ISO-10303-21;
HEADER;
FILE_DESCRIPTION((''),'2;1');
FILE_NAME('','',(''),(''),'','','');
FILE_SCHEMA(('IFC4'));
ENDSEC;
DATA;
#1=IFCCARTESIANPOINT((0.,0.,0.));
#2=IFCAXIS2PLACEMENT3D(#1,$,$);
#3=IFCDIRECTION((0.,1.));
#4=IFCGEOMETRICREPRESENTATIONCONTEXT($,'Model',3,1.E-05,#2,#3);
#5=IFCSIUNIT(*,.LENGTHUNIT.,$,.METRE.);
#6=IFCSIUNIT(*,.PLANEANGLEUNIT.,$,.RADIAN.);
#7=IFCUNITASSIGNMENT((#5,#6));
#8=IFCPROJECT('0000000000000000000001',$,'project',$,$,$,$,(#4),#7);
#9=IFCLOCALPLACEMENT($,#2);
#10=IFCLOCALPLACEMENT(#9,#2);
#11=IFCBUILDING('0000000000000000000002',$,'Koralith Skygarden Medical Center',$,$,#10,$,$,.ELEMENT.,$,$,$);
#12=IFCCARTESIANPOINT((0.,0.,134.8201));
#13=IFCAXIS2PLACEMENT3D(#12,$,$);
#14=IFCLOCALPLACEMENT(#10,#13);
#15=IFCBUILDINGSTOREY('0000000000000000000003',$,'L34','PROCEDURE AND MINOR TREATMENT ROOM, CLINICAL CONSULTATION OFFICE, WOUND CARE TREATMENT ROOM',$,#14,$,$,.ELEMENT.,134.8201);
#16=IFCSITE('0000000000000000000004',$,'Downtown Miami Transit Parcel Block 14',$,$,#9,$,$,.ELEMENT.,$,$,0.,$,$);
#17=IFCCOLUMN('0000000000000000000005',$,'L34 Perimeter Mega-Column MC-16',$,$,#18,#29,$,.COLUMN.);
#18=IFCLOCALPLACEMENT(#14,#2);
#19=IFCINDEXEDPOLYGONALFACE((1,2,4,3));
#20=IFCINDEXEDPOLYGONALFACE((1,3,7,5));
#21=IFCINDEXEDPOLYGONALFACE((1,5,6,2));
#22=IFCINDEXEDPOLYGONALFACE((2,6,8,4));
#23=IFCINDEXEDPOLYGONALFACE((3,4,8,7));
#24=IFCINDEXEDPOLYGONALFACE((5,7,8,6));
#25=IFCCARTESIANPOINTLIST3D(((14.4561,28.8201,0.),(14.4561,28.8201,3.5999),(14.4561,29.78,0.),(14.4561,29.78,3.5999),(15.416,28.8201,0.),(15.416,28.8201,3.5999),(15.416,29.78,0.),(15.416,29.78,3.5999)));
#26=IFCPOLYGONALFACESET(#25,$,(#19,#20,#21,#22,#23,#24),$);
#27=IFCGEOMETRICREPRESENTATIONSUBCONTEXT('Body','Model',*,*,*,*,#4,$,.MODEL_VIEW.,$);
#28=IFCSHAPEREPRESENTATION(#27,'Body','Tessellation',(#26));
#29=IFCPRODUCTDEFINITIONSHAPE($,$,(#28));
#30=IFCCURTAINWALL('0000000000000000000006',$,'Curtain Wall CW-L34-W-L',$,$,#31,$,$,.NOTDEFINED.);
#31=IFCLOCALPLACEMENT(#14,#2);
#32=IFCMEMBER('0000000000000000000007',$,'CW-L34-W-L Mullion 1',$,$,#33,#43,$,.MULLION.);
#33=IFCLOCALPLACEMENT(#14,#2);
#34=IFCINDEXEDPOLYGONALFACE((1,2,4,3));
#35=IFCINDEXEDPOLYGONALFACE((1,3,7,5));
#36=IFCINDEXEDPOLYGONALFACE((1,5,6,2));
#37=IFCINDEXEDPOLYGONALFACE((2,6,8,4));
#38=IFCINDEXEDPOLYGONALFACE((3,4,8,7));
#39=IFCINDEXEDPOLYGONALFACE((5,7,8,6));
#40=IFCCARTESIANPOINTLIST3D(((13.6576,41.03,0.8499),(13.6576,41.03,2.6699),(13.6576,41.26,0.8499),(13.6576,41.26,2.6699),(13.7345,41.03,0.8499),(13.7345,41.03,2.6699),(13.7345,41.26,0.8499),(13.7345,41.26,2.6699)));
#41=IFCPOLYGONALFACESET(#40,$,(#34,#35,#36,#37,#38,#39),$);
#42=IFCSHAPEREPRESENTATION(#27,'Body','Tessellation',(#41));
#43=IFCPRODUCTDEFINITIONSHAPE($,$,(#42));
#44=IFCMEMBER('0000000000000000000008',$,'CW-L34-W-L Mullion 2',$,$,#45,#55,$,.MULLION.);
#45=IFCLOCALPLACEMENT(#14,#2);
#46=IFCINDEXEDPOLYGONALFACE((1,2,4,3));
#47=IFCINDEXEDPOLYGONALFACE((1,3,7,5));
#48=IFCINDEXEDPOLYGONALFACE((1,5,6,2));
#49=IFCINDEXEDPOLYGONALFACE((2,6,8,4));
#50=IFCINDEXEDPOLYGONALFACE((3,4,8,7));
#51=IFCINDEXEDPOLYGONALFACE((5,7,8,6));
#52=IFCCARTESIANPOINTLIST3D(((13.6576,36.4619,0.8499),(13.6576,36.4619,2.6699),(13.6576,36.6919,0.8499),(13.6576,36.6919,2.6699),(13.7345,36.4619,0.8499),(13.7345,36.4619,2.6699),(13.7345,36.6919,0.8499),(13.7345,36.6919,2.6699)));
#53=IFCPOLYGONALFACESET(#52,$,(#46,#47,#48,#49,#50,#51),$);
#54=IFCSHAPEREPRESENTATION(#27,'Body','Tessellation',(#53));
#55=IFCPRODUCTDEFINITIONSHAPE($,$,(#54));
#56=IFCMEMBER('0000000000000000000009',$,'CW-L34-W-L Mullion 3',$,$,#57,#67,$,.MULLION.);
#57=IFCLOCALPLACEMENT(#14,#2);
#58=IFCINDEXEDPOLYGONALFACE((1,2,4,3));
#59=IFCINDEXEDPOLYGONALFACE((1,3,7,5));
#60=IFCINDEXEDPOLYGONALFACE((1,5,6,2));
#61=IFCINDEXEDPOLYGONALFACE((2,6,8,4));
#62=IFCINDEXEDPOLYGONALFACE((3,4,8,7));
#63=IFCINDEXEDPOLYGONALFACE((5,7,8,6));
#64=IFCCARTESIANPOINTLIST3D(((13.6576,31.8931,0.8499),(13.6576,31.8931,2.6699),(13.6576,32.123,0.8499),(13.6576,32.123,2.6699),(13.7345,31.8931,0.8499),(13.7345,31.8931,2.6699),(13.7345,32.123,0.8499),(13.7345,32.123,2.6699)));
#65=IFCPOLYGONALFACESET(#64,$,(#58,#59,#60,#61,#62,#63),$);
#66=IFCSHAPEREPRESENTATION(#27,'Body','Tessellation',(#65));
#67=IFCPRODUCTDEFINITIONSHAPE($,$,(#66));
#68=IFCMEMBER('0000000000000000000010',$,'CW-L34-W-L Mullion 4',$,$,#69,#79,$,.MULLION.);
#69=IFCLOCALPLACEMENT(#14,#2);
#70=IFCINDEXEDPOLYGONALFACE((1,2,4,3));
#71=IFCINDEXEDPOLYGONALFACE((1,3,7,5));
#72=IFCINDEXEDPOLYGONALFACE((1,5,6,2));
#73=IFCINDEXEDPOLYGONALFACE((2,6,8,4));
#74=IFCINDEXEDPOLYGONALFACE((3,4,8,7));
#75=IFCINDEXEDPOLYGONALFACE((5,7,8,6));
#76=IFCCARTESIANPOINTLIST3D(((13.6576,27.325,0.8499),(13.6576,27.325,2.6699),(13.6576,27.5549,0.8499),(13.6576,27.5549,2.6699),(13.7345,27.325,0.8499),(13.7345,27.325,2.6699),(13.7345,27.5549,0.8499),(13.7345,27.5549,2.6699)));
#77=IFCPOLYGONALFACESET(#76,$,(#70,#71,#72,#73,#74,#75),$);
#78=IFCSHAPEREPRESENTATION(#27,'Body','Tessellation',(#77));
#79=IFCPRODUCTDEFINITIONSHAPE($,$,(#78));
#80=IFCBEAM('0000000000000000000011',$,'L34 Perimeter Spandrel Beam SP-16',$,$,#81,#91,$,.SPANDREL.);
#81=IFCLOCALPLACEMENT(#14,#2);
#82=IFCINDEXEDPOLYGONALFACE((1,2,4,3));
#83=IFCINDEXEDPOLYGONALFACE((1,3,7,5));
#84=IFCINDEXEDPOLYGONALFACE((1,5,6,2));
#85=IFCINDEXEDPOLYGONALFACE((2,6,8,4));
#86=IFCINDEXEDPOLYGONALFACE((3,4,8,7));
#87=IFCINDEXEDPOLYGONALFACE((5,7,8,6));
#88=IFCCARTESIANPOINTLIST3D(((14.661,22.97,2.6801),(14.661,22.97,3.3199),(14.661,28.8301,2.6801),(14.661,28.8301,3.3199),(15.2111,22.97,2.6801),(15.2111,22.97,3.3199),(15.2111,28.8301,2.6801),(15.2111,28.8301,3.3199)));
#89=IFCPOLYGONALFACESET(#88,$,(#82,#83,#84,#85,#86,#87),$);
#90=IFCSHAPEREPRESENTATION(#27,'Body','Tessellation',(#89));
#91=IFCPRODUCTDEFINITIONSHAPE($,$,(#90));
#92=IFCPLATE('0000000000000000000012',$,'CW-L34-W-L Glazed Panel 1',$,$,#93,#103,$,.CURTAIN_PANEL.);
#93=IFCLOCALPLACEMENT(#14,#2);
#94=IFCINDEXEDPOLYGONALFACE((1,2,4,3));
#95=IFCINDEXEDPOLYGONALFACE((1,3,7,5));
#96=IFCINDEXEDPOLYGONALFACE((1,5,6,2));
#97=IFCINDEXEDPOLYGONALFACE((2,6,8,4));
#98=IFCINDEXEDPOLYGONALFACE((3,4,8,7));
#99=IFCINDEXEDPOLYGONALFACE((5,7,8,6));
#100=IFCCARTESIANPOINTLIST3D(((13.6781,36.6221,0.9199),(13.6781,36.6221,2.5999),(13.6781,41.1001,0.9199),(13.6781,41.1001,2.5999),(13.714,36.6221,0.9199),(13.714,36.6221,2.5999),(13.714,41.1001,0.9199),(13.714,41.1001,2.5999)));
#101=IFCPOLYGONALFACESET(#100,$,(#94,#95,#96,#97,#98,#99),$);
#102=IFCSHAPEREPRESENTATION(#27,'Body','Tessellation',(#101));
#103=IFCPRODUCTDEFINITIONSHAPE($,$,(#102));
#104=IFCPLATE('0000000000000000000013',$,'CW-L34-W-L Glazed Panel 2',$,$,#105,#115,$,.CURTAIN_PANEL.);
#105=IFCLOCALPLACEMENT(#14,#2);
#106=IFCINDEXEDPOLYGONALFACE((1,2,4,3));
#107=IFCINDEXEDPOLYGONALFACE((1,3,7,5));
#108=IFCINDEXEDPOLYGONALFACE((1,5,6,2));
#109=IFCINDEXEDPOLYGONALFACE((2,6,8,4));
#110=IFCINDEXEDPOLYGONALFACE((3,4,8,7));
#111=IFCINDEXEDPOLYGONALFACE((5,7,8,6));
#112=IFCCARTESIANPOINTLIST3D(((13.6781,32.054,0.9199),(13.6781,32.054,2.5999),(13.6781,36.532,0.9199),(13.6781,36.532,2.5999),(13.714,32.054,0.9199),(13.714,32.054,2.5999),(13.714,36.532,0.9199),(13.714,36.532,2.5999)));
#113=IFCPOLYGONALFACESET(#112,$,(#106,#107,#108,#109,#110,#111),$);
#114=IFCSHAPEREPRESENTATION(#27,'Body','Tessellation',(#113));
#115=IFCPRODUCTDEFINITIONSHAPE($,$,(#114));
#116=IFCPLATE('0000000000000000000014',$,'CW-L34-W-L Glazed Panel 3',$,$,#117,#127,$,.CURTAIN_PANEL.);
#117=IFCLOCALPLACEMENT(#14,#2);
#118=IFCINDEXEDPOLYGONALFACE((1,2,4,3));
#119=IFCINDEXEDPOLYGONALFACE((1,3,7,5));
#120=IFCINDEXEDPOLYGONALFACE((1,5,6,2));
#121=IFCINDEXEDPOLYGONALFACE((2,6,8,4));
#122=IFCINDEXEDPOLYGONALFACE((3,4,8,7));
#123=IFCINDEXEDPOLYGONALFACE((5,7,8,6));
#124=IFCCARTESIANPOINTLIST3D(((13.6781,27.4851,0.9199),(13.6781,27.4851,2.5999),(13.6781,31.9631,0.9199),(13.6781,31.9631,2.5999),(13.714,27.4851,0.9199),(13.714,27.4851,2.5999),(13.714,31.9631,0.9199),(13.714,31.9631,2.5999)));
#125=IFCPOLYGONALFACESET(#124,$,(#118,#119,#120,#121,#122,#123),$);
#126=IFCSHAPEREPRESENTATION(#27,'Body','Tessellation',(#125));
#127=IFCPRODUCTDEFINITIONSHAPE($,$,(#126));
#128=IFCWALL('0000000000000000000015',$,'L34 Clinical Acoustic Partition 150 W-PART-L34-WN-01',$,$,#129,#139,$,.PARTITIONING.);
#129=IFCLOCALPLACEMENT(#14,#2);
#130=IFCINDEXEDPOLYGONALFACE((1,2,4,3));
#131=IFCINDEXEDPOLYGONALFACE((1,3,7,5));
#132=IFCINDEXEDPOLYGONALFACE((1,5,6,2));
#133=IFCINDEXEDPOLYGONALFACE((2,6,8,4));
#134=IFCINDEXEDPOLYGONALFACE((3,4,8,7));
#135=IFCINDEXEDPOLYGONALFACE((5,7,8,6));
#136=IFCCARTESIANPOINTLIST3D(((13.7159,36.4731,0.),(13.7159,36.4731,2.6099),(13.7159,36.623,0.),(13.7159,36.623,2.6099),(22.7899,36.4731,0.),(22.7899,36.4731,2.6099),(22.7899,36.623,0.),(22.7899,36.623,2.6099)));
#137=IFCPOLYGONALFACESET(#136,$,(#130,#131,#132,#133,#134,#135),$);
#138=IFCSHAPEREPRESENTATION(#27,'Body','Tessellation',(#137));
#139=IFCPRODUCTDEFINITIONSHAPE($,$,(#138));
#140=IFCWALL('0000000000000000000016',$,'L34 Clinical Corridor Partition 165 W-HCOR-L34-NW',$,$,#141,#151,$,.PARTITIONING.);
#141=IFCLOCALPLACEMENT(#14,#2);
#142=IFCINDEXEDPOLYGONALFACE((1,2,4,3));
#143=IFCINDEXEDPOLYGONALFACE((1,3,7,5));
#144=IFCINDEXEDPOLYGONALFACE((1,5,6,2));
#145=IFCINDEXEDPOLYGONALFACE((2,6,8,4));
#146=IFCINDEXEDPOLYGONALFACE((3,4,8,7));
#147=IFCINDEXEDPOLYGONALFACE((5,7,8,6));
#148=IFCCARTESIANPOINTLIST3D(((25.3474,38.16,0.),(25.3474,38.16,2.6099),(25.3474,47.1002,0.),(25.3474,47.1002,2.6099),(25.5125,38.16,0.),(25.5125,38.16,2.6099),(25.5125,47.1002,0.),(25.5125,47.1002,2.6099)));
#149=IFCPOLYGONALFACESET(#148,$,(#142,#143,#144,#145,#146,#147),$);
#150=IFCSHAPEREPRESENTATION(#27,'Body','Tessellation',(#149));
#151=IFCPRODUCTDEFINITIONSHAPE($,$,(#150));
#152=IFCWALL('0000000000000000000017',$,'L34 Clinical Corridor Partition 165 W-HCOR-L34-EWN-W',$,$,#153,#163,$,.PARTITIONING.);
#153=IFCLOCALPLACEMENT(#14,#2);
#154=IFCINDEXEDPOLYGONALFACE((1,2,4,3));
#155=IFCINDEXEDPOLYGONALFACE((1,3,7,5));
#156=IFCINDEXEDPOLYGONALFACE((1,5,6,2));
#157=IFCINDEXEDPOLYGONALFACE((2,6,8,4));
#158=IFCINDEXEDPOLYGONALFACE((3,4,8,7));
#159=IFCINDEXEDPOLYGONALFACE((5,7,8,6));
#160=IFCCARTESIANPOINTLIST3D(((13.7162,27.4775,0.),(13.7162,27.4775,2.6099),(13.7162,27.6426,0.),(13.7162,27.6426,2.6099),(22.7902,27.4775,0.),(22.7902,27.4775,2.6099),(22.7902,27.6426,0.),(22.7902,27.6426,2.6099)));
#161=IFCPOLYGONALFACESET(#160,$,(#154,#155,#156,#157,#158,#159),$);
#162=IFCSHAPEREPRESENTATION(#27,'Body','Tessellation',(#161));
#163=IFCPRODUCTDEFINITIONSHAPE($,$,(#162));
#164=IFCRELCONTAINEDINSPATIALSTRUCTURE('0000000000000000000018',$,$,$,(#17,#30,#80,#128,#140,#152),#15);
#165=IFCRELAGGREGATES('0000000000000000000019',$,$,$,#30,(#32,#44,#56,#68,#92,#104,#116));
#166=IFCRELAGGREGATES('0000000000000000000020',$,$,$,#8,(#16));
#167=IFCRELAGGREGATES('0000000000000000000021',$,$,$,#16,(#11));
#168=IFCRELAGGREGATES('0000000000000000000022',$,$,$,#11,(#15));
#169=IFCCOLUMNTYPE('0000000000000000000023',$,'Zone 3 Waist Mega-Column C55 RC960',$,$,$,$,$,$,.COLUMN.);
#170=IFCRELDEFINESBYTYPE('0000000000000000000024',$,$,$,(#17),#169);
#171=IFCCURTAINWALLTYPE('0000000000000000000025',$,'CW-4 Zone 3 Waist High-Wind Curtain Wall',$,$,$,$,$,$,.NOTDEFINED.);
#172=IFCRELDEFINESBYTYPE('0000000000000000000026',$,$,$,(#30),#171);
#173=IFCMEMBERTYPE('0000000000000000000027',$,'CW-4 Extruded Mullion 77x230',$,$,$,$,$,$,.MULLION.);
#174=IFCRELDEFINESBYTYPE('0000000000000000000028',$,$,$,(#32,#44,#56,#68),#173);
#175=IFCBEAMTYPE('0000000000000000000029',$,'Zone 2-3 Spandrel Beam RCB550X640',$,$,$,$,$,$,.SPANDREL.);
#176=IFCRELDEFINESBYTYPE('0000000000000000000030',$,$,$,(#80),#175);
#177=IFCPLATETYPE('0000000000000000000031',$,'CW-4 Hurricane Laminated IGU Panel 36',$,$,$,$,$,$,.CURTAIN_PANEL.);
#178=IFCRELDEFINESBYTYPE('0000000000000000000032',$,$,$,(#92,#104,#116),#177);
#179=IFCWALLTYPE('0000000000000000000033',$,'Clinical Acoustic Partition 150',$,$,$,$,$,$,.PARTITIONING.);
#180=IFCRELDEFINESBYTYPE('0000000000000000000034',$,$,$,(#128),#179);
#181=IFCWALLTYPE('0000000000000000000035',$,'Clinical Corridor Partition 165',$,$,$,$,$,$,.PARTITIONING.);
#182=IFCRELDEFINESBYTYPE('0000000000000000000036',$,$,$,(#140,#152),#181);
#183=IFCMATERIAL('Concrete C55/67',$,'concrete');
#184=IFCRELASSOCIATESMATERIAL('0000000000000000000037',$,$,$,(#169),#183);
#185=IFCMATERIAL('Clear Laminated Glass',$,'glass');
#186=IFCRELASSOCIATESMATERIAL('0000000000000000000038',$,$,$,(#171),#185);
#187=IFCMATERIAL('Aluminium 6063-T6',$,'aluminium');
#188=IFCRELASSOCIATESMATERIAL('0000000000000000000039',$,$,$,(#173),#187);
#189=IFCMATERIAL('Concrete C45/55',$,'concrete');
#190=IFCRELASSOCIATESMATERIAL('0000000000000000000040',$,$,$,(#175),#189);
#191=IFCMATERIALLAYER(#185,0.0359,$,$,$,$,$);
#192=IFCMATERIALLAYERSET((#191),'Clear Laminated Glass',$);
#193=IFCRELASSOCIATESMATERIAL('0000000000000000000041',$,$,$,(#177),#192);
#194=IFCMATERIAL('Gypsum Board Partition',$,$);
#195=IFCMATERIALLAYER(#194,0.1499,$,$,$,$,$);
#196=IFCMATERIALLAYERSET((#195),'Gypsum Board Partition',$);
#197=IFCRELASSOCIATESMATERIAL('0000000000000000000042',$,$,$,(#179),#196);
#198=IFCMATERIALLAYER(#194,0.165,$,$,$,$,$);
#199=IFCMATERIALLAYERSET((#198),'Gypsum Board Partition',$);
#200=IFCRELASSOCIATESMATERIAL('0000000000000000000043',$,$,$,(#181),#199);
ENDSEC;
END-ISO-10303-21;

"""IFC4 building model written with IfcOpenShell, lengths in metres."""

from ifc_helpers import new_model, si_unit, direction, frame, frame_2d, origin, origin_2d, place, context, subcontext, project, spatial, rectangle, extrude, material, layer, layer_set, material_profile, profile_set, type_object, element, aggregate, save


model = new_model("IFC4")

# Units and contexts
model_context = context("Model", 3, precision=1e-05, world=origin(), true_north=direction((0.0, 1.0)))
body_context = subcontext(model_context, "Body", "Model", "MODEL_VIEW")
ifc_project = project(units=[si_unit("LENGTHUNIT", "METRE"), si_unit("PLANEANGLEUNIT", "RADIAN")], contexts=[model_context])

# Site, building, storey
site_placement = place(None, origin())
site = spatial("IfcSite", under=ifc_project, at=site_placement, Name="Downtown Miami Transit Parcel Block 14", CompositionType="ELEMENT", RefElevation=0.0)
building_placement = place(site_placement, origin())
building = spatial("IfcBuilding", under=site, at=building_placement, Name="Koralith Skygarden Medical Center", CompositionType="ELEMENT")
storey_placement = place(building_placement, frame((0.0, 0.0, 134.8201)))
storey = spatial("IfcBuildingStorey", under=building, at=storey_placement, Name="L34", Description="PROCEDURE AND MINOR TREATMENT ROOM, CLINICAL CONSULTATION OFFICE, WOUND CARE TREATMENT ROOM", CompositionType="ELEMENT", Elevation=134.8201)

# Column
ifc_material_1 = material(Name="Concrete C55/67", Category="concrete")
ifc_material_profile_1 = material_profile(ifc_material_1, rectangle(XDim=0.96, YDim=0.96, at=origin_2d()), Name="RC960X960")
ifc_profile_set_1 = profile_set([ifc_material_profile_1], Name="Concrete C55/67")
column_type = type_object("IfcColumnType", Name="Zone 3 Waist Mega-Column C55 RC960", PredefinedType="COLUMN", material=ifc_profile_set_1)
column_placement = place(storey_placement, frame((14.936, 29.3, 0.0), z_axis=(0.0, 0.0, 1.0), x_axis=(1.0, 0.0, 0.0)))
element("IfcColumn", 1, at=column_placement, inside=storey, type_object=column_type, Name="L34 Perimeter Mega-Column MC-16", PredefinedType="COLUMN", context=body_context, shape_type="SweptSolid", body=[
    extrude(rectangle(XDim=0.96, YDim=0.96, at=origin_2d()), origin(), (0.0, 0.0, 1.0), 3.5999),
])

# Curtain wall, members
ifc_material_2 = material(Name="Clear Laminated Glass", Category="glass")
curtain_wall_type = type_object("IfcCurtainWallType", Name="CW-4 Zone 3 Waist High-Wind Curtain Wall", PredefinedType="NOTDEFINED", material=ifc_material_2)
curtain_wall_placement = place(storey_placement, origin())
curtain_wall = element("IfcCurtainWall", 2, at=curtain_wall_placement, inside=storey, type_object=curtain_wall_type, Name="Curtain Wall CW-L34-W-L", PredefinedType="NOTDEFINED")
ifc_material_3 = material(Name="Aluminium 6063-T6", Category="aluminium")
ifc_material_profile_2 = material_profile(ifc_material_3, rectangle(XDim=0.0769, YDim=0.23, at=origin_2d()), Name="MUL77X230")
ifc_profile_set_2 = profile_set([ifc_material_profile_2], Name="Aluminium 6063-T6")
member_type = type_object("IfcMemberType", Name="CW-4 Extruded Mullion 77x230", PredefinedType="MULLION", material=ifc_profile_set_2)
member_1_placement = place(storey_placement, frame((13.696, 41.145, 0.8499), z_axis=(0.0, 0.0, 1.0), x_axis=(1.0, 0.0, 0.0)))
member_1 = element("IfcMember", 3, at=member_1_placement, type_object=member_type, Name="CW-L34-W-L Mullion 1", PredefinedType="MULLION", context=body_context, shape_type="SweptSolid", body=[
    extrude(rectangle(XDim=0.0769, YDim=0.23, at=origin_2d()), origin(), (0.0, 0.0, 1.0), 1.8201),
])
member_2_placement = place(storey_placement, frame((13.696, 36.5769, 0.8499), z_axis=(0.0, 0.0, 1.0), x_axis=(1.0, 0.0, 0.0)))
member_2 = element("IfcMember", 4, at=member_2_placement, type_object=member_type, Name="CW-L34-W-L Mullion 2", PredefinedType="MULLION", context=body_context, shape_type="SweptSolid", body=[
    extrude(rectangle(XDim=0.0769, YDim=0.23, at=origin_2d()), origin(), (0.0, 0.0, 1.0), 1.8201),
])
member_3_placement = place(storey_placement, frame((13.696, 32.0081, 0.8499), z_axis=(0.0, 0.0, 1.0), x_axis=(1.0, 0.0, 0.0)))
member_3 = element("IfcMember", 5, at=member_3_placement, type_object=member_type, Name="CW-L34-W-L Mullion 3", PredefinedType="MULLION", context=body_context, shape_type="SweptSolid", body=[
    extrude(rectangle(XDim=0.0769, YDim=0.23, at=origin_2d()), origin(), (0.0, 0.0, 1.0), 1.8201),
])
member_4_placement = place(storey_placement, frame((13.696, 27.4399, 0.8499), z_axis=(0.0, 0.0, 1.0), x_axis=(1.0, 0.0, 0.0)))
member_4 = element("IfcMember", 6, at=member_4_placement, type_object=member_type, Name="CW-L34-W-L Mullion 4", PredefinedType="MULLION", context=body_context, shape_type="SweptSolid", body=[
    extrude(rectangle(XDim=0.0769, YDim=0.23, at=origin_2d()), origin(), (0.0, 0.0, 1.0), 1.8201),
])

# Beam
ifc_material_4 = material(Name="Concrete C45/55", Category="concrete")
ifc_material_profile_3 = material_profile(ifc_material_4, rectangle(XDim=0.55, YDim=0.6399, at=origin_2d()), Name="RCB550X640")
ifc_profile_set_3 = profile_set([ifc_material_profile_3], Name="Concrete C45/55")
beam_type = type_object("IfcBeamType", Name="Zone 2-3 Spandrel Beam RCB550X640", PredefinedType="SPANDREL", material=ifc_profile_set_3)
beam_placement = place(storey_placement, frame((14.936, 28.8301, 3.0), z_axis=(0.0, -1.0, 0.0), x_axis=(1.0, 0.0, 0.0)))
element("IfcBeam", 7, at=beam_placement, inside=storey, type_object=beam_type, Name="L34 Perimeter Spandrel Beam SP-16", PredefinedType="SPANDREL", context=body_context, shape_type="SweptSolid", body=[
    extrude(rectangle(XDim=0.55, YDim=0.6399, at=origin_2d()), origin(), (0.0, 0.0, 1.0), 5.8601),
])

# Plates
ifc_layer_1 = layer(ifc_material_2, 0.0359)
ifc_layer_set_1 = layer_set([ifc_layer_1], Name="Clear Laminated Glass")
plate_type = type_object("IfcPlateType", Name="CW-4 Hurricane Laminated IGU Panel 36", PredefinedType="CURTAIN_PANEL", material=ifc_layer_set_1)
plate_1_placement = place(storey_placement, frame((13.696, 38.8611, 0.9199), z_axis=(0.0, 0.0, 1.0), x_axis=(0.0, -1.0, 0.0)))
plate_1 = element("IfcPlate", 8, at=plate_1_placement, type_object=plate_type, Name="CW-L34-W-L Glazed Panel 1", PredefinedType="CURTAIN_PANEL", context=body_context, shape_type="SweptSolid", body=[
    extrude(rectangle(XDim=4.478, YDim=0.0359, at=origin_2d()), origin(), (0.0, 0.0, 1.0), 1.6799),
])
plate_2_placement = place(storey_placement, frame((13.696, 34.293, 0.9199), z_axis=(0.0, 0.0, 1.0), x_axis=(0.0, -1.0, 0.0)))
plate_2 = element("IfcPlate", 9, at=plate_2_placement, type_object=plate_type, Name="CW-L34-W-L Glazed Panel 2", PredefinedType="CURTAIN_PANEL", context=body_context, shape_type="SweptSolid", body=[
    extrude(rectangle(XDim=4.478, YDim=0.0359, at=origin_2d()), origin(), (0.0, 0.0, 1.0), 1.6799),
])
plate_3_placement = place(storey_placement, frame((13.696, 29.7241, 0.9199), z_axis=(0.0, 0.0, 1.0), x_axis=(0.0, -1.0, 0.0)))
plate_3 = element("IfcPlate", 10, at=plate_3_placement, type_object=plate_type, Name="CW-L34-W-L Glazed Panel 3", PredefinedType="CURTAIN_PANEL", context=body_context, shape_type="SweptSolid", body=[
    extrude(rectangle(XDim=4.478, YDim=0.0359, at=origin_2d()), origin(), (0.0, 0.0, 1.0), 1.6799),
])
aggregate(curtain_wall, [member_1, member_2, member_3, member_4, plate_1, plate_2, plate_3])

# Walls
ifc_material_5 = material(Name="Gypsum Board Partition")
ifc_layer_2 = layer(ifc_material_5, 0.1499)
ifc_layer_set_2 = layer_set([ifc_layer_2], Name="Gypsum Board Partition")
wall_type_1 = type_object("IfcWallType", Name="Clinical Acoustic Partition 150", PredefinedType="PARTITIONING", material=ifc_layer_set_2)
wall_1_placement = place(storey_placement, frame((22.79, 36.5481, 0.0), z_axis=(0.0, 0.0, 1.0), x_axis=(-1.0, 0.0, 0.0)))
element("IfcWall", 11, at=wall_1_placement, inside=storey, type_object=wall_type_1, Name="L34 Clinical Acoustic Partition 150 W-PART-L34-WN-01", PredefinedType="PARTITIONING", context=body_context, shape_type="SweptSolid", body=[
    extrude(rectangle(XDim=9.074, YDim=0.1499, at=frame_2d((4.5371, 0.0))), origin(), (0.0, 0.0, 1.0), 2.6099),
])
ifc_layer_3 = layer(ifc_material_5, 0.165)
ifc_layer_set_3 = layer_set([ifc_layer_3], Name="Gypsum Board Partition")
wall_type_2 = type_object("IfcWallType", Name="Clinical Corridor Partition 165", PredefinedType="PARTITIONING", material=ifc_layer_set_3)
wall_2_placement = place(storey_placement, frame((25.4299, 38.1599, 0.0), z_axis=(0.0, 0.0, 1.0), x_axis=(0.0, 1.0, 0.0)))
element("IfcWall", 12, at=wall_2_placement, inside=storey, type_object=wall_type_2, Name="L34 Clinical Corridor Partition 165 W-HCOR-L34-NW", PredefinedType="PARTITIONING", context=body_context, shape_type="SweptSolid", body=[
    extrude(rectangle(XDim=8.9402, YDim=0.165, at=frame_2d((4.4702, 0.0))), origin(), (0.0, 0.0, 1.0), 2.6099),
])
wall_3_placement = place(storey_placement, frame((13.7161, 27.5601, 0.0), z_axis=(0.0, 0.0, 1.0), x_axis=(1.0, 0.0, 0.0)))
element("IfcWall", 13, at=wall_3_placement, inside=storey, type_object=wall_type_2, Name="L34 Clinical Corridor Partition 165 W-HCOR-L34-EWN-W", PredefinedType="PARTITIONING", context=body_context, shape_type="SweptSolid", body=[
    extrude(rectangle(XDim=9.074, YDim=0.165, at=frame_2d((4.5371, 0.0))), origin(), (0.0, 0.0, 1.0), 2.6099),
])

save(model, "model.ifc")
